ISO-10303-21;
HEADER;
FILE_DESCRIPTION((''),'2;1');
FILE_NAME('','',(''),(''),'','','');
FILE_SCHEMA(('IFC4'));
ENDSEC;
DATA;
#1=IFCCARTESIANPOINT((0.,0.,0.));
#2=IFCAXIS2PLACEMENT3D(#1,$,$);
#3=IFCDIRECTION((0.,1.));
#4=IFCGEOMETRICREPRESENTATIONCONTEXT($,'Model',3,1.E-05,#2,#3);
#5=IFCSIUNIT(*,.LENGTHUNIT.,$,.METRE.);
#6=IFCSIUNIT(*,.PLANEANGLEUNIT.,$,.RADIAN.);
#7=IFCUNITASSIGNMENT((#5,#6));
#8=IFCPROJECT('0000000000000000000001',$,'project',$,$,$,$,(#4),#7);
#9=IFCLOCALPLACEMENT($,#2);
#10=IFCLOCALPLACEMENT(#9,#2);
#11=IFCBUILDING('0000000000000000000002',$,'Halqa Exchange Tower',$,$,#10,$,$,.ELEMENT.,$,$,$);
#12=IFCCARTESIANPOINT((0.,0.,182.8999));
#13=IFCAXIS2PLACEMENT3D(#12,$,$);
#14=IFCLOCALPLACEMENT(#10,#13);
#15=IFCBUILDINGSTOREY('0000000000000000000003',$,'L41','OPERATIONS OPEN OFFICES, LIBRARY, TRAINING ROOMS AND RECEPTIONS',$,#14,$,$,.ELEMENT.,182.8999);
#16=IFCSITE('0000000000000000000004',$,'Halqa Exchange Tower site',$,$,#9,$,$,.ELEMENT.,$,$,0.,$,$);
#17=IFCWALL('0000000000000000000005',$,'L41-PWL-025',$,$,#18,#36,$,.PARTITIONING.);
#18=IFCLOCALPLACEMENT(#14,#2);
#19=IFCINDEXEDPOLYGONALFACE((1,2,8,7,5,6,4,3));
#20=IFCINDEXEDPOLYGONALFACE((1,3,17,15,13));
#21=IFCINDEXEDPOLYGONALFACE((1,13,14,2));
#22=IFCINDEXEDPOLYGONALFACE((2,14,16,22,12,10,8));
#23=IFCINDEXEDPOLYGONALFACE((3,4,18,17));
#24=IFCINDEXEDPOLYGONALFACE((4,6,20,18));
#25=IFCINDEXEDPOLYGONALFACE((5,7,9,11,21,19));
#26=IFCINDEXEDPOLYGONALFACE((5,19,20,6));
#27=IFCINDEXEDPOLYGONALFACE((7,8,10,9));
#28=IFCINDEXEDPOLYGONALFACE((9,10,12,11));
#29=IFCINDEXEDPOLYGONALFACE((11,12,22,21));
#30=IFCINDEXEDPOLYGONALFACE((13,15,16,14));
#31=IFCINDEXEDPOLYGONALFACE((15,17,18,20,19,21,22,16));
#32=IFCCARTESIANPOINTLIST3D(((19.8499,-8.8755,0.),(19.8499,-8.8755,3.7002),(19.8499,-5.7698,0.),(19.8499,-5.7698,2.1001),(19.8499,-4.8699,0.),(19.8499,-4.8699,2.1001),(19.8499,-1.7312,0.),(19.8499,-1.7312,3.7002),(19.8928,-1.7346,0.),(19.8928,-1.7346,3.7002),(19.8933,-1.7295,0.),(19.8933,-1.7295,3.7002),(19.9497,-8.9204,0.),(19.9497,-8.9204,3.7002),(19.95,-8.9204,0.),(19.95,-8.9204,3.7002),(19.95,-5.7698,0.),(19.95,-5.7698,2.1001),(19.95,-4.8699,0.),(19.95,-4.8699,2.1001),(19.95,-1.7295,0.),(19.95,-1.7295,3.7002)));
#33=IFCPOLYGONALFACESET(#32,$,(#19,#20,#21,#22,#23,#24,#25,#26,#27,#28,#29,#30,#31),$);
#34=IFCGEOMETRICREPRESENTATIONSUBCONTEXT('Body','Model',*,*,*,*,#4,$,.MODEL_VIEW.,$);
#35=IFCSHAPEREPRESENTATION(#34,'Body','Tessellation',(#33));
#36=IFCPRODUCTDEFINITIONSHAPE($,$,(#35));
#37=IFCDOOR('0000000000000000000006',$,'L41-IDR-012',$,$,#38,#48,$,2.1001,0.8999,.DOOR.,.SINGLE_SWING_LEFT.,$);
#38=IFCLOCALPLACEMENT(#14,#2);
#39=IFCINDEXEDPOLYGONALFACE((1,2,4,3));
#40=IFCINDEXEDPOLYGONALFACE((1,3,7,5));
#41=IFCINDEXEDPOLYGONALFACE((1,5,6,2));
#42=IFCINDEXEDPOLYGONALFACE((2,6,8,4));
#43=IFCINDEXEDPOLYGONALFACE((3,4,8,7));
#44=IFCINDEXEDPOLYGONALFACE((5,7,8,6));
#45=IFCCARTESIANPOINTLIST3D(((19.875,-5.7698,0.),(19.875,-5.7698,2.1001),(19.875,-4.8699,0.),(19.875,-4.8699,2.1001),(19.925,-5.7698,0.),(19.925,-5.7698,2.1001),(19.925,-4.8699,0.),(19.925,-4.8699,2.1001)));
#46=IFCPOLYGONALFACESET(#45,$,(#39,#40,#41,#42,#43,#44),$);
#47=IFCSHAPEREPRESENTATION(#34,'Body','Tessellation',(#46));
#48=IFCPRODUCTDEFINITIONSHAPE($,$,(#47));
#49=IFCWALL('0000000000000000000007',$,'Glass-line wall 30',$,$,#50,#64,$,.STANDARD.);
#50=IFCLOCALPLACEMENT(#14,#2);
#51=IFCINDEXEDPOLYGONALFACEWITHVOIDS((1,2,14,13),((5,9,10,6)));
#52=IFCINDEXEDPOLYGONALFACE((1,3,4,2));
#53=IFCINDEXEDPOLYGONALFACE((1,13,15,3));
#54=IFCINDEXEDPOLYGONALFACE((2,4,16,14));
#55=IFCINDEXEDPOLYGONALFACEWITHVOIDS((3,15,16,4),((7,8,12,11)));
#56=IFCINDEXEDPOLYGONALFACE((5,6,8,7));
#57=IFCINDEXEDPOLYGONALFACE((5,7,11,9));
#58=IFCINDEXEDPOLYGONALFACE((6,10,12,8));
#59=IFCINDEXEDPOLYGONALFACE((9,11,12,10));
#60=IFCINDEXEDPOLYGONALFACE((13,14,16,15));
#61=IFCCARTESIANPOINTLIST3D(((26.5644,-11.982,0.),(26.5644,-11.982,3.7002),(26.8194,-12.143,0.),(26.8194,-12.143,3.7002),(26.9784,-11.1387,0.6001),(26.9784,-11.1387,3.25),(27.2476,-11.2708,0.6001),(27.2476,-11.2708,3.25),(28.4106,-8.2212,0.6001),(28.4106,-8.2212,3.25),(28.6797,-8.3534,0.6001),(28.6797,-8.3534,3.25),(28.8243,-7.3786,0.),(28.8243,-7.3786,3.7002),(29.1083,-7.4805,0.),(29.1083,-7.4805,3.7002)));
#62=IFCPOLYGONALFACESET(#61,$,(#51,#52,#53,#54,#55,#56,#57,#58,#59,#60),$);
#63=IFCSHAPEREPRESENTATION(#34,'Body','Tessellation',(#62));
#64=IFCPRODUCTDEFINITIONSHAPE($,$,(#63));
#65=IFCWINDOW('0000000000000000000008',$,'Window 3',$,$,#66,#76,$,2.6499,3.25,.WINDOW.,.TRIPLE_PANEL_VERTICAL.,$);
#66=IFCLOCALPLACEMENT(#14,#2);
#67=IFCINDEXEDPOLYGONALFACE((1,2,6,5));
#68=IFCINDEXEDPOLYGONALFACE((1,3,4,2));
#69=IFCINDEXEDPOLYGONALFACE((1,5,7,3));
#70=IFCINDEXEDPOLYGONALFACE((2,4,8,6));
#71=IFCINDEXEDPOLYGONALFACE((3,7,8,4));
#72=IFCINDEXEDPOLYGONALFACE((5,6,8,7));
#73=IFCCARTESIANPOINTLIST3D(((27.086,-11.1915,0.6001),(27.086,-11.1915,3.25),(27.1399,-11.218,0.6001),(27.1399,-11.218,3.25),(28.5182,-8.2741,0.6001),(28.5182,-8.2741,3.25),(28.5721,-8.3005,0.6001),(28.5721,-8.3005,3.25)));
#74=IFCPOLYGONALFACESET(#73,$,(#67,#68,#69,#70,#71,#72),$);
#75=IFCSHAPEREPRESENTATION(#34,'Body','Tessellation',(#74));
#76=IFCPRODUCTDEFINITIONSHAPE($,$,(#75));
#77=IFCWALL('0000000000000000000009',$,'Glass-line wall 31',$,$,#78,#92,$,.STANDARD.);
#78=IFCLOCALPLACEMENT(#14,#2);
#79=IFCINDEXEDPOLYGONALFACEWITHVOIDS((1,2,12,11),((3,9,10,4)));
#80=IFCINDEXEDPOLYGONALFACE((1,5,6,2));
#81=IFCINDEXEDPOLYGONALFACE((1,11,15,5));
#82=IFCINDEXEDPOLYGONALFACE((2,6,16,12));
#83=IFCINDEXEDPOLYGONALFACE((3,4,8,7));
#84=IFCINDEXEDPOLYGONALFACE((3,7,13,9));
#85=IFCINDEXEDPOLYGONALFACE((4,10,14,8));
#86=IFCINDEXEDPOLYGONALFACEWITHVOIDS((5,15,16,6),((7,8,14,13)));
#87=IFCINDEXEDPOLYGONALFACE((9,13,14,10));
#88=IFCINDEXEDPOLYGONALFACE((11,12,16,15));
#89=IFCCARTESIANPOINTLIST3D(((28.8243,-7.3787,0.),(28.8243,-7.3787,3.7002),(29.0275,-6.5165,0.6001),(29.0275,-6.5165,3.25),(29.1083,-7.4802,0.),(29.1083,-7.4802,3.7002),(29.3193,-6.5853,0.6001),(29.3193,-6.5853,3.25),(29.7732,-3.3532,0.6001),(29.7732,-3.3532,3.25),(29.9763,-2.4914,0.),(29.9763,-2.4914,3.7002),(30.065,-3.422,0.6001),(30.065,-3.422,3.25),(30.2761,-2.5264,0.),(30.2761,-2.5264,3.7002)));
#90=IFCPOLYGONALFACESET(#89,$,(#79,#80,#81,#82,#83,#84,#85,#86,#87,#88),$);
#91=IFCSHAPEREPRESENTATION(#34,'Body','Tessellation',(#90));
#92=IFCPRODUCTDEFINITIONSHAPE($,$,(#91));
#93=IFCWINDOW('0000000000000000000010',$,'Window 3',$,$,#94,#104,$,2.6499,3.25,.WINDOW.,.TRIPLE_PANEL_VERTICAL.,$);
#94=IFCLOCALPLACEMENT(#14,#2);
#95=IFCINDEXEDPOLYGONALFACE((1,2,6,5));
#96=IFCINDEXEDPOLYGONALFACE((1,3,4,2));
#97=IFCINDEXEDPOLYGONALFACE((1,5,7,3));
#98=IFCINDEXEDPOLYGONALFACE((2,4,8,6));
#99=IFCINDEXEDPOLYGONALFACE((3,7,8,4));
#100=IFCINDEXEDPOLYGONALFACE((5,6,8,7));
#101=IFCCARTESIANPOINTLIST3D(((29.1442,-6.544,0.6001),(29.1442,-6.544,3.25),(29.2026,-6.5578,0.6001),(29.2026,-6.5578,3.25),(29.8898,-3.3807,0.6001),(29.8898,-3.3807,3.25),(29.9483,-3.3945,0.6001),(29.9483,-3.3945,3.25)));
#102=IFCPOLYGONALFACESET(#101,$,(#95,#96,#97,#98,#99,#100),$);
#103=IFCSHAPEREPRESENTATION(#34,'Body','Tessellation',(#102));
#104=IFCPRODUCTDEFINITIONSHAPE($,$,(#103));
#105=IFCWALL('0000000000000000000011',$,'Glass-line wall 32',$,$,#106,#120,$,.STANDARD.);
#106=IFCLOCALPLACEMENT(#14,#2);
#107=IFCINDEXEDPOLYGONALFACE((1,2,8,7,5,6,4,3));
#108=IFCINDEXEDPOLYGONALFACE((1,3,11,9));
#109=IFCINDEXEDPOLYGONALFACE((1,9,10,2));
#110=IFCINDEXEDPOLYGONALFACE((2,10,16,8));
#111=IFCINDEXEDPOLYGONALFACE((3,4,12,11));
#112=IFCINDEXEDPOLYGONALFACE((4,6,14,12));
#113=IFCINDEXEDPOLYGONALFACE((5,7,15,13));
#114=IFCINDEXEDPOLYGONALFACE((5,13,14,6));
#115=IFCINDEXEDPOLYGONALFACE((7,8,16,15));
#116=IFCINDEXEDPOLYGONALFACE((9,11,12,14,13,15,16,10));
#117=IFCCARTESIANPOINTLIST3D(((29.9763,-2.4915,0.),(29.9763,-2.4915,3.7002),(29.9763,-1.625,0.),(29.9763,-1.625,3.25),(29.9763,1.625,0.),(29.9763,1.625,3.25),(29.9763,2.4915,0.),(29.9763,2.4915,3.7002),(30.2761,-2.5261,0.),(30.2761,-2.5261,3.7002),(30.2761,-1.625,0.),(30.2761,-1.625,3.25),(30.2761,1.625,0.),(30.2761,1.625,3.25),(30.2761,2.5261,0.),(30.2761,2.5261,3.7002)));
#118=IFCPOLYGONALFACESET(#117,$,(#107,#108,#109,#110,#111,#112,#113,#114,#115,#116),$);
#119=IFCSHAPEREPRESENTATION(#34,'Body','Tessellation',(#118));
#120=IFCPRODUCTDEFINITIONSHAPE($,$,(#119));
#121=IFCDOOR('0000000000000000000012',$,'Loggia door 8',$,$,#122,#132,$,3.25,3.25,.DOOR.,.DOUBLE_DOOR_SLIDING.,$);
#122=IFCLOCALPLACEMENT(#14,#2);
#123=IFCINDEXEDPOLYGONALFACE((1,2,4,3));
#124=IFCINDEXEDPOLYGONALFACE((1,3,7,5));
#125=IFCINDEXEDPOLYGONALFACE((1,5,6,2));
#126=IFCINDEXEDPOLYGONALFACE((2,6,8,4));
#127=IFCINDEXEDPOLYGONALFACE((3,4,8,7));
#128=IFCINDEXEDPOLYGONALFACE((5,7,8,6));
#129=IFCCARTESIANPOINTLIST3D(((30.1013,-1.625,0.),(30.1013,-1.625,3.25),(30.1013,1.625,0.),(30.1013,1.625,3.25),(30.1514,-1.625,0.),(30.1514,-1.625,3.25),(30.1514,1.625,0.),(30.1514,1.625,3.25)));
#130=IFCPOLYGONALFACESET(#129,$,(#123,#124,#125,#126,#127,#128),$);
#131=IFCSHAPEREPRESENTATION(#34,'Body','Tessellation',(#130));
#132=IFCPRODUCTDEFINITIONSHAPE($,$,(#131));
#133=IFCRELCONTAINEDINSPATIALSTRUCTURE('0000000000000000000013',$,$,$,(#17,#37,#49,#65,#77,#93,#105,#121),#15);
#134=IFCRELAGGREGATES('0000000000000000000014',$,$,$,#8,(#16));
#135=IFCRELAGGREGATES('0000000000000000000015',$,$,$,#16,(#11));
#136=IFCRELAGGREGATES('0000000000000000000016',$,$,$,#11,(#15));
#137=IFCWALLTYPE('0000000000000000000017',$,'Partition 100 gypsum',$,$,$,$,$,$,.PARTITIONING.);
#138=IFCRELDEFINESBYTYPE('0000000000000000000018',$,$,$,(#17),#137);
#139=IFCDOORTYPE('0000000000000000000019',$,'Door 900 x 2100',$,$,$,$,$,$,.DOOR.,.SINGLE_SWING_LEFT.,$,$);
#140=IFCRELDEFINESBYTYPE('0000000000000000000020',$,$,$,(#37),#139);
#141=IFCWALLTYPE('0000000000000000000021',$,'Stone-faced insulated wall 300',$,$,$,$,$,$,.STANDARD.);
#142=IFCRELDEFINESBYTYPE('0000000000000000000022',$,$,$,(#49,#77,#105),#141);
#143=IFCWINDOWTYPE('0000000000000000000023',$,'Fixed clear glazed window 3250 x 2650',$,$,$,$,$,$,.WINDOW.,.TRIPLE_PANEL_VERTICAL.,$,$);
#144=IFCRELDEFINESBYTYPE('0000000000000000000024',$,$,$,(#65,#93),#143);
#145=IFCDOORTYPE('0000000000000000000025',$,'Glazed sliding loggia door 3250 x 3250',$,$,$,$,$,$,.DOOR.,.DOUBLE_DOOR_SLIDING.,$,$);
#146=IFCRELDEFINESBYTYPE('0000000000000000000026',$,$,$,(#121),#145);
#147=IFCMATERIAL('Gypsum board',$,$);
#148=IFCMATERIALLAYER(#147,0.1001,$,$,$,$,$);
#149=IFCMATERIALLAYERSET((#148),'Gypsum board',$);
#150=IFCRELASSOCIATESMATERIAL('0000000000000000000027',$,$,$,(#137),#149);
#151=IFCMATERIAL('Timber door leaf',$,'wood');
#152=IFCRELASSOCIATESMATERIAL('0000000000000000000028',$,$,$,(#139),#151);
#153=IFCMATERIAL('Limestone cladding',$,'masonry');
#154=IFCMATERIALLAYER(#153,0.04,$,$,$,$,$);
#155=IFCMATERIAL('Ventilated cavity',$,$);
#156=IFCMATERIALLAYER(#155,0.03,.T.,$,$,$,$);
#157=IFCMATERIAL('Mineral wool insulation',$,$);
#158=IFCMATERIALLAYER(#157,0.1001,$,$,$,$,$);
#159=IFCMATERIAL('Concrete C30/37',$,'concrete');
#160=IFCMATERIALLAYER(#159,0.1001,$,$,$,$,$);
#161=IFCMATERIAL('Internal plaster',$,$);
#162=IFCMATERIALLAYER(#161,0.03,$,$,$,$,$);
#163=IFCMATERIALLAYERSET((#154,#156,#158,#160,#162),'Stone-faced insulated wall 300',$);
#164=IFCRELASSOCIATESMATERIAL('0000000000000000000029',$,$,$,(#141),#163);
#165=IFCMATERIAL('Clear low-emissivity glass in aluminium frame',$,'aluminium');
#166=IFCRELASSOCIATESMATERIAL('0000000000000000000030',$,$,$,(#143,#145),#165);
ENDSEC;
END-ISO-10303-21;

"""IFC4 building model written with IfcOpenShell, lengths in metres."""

from ifc_helpers import new_model, si_unit, direction, frame, frame_2d, origin, place, context, subcontext, project, spatial, polyline, rectangle, outline, extrude, material, layer, layer_set, type_object, element, fill, save


model = new_model("IFC4")

# Units and contexts
model_context = context("Model", 3, precision=1e-05, world=origin(), true_north=direction((0.0, 1.0)))
body_context = subcontext(model_context, "Body", "Model", "MODEL_VIEW")
ifc_project = project(units=[si_unit("LENGTHUNIT", "METRE"), si_unit("PLANEANGLEUNIT", "RADIAN")], contexts=[model_context])

# Site, building, storey
site_placement = place(None, origin())
site = spatial("IfcSite", under=ifc_project, at=site_placement, Name="Halqa Exchange Tower site", CompositionType="ELEMENT", RefElevation=0.0)
building_placement = place(site_placement, origin())
building = spatial("IfcBuilding", under=site, at=building_placement, Name="Halqa Exchange Tower", CompositionType="ELEMENT")
storey_placement = place(building_placement, frame((0.0, 0.0, 182.8999)))
storey = spatial("IfcBuildingStorey", under=building, at=storey_placement, Name="L41", Description="OPERATIONS OPEN OFFICES, LIBRARY, TRAINING ROOMS AND RECEPTIONS", CompositionType="ELEMENT", Elevation=182.8999)

# Wall, opening, door
ifc_material_1 = material(Name="Gypsum board")
ifc_layer_1 = layer(ifc_material_1, 0.1001)
ifc_layer_set_1 = layer_set([ifc_layer_1], Name="Gypsum board")
wall_type_1 = type_object("IfcWallType", Name="Partition 100 gypsum", PredefinedType="PARTITIONING", material=ifc_layer_set_1)
wall_1_placement = place(storey_placement, frame((19.8999, -1.7295, 0.0), z_axis=(0.0, 0.0, 1.0), x_axis=(0.0, -1.0, 0.0)))
wall_1 = element("IfcWall", 1, at=wall_1_placement, inside=storey, type_object=wall_type_1, Name="L41-PWL-025", PredefinedType="PARTITIONING", context=body_context, shape_type="SweptSolid", body=[
    extrude(outline(polyline([(0.0017, -0.05), (1.7876, -0.05), (3.5737, -0.05), (5.3599, -0.05), (7.146, -0.05), (7.1909, 0.0498), (7.1909, 0.05), (5.3931, 0.05), (3.5955, 0.05), (1.7979, 0.05), (0.0, 0.05), (0.0, -0.0066), (0.0051, -0.0071), (0.0017, -0.05)])), origin(), (0.0, 0.0, 1.0), 3.7002),
])
opening_1_placement = place(wall_1_placement, frame((3.1404, 0.0, 0.0)))
opening_1 = element("IfcOpeningElement", 2, at=opening_1_placement, cuts=wall_1, PredefinedType="OPENING", context=body_context, shape_type="SweptSolid", body=[
    extrude(rectangle(XDim=0.8999, YDim=2.1001, at=frame_2d((0.45, 1.05))), frame((0.0, 0.062, 0.0), z_axis=(0.0, -1.0, 0.0), x_axis=(1.0, 0.0, 0.0)), (0.0, 0.0, 1.0), 0.124),
])
ifc_material_2 = material(Name="Timber door leaf", Category="wood")
door_type_1 = type_object("IfcDoorType", Name="Door 900 x 2100", OperationType="SINGLE_SWING_LEFT", PredefinedType="DOOR", material=ifc_material_2)
door_1_placement = place(opening_1_placement, frame((0.8999, 0.0, 0.0), z_axis=(0.0, 0.0, 1.0), x_axis=(-1.0, 0.0, 0.0)))
door_1 = element("IfcDoor", 3, at=door_1_placement, inside=storey, type_object=door_type_1, Name="L41-IDR-012", OperationType="SINGLE_SWING_LEFT", OverallHeight=2.1001, OverallWidth=0.8999, PredefinedType="DOOR", context=body_context, shape_type="SweptSolid", body=[
    extrude(rectangle(XDim=0.8999, YDim=2.1001, at=frame_2d((0.45, 1.05))), frame((0.0, 0.0249, 0.0), z_axis=(0.0, -1.0, 0.0), x_axis=(1.0, 0.0, 0.0)), (0.0, 0.0, 1.0), 0.05),
])
fill(opening_1, door_1)

# Walls, openings, windows
ifc_material_3 = material(Name="Limestone cladding", Category="masonry")
ifc_layer_2 = layer(ifc_material_3, 0.04)
ifc_material_4 = material(Name="Ventilated cavity")
ifc_layer_3 = layer(ifc_material_4, 0.03, ventilated=True)
ifc_material_5 = material(Name="Mineral wool insulation")
ifc_layer_4 = layer(ifc_material_5, 0.1001)
ifc_material_6 = material(Name="Concrete C30/37", Category="concrete")
ifc_layer_5 = layer(ifc_material_6, 0.1001)
ifc_material_7 = material(Name="Internal plaster")
ifc_layer_6 = layer(ifc_material_7, 0.03)
ifc_layer_set_2 = layer_set([ifc_layer_2, ifc_layer_3, ifc_layer_4, ifc_layer_5, ifc_layer_6], Name="Stone-faced insulated wall 300")
wall_type_2 = type_object("IfcWallType", Name="Stone-faced insulated wall 300", PredefinedType="STANDARD", material=ifc_layer_set_2)
wall_2_placement = place(storey_placement, frame((26.6919, -12.0625, 0.0), z_axis=(0.0, 0.0, 1.0), x_axis=(0.440674, 0.897667, 0.0)))
wall_2 = element("IfcWall", 4, at=wall_2_placement, inside=storey, type_object=wall_type_2, Name="Glass-line wall 30", PredefinedType="STANDARD", context=body_context, shape_type="SweptSolid", body=[
    extrude(outline(polyline([(-0.0161, -0.1499), (5.178, -0.1499), (5.1443, 0.1499), (0.0161, 0.1499), (-0.0161, -0.1499)])), origin(), (0.0, 0.0, 1.0), 3.7002),
])
opening_2_placement = place(wall_2_placement, frame((0.9556, 0.0, 0.6001)))
opening_2 = element("IfcOpeningElement", 5, at=opening_2_placement, cuts=wall_2, PredefinedType="OPENING", context=body_context, shape_type="SweptSolid", body=[
    extrude(rectangle(XDim=3.25, YDim=2.6499, at=frame_2d((1.625, 1.325))), frame((0.0, 0.1621, 0.0), z_axis=(0.0, -1.0, 0.0), x_axis=(1.0, 0.0, 0.0)), (0.0, 0.0, 1.0), 0.324),
])
ifc_material_8 = material(Name="Clear low-emissivity glass in aluminium frame", Category="aluminium")
window_type = type_object("IfcWindowType", Name="Fixed clear glazed window 3250 x 2650", PartitioningType="TRIPLE_PANEL_VERTICAL", PredefinedType="WINDOW", material=ifc_material_8)
window_1_placement = place(opening_2_placement, origin())
window_1 = element("IfcWindow", 6, at=window_1_placement, inside=storey, type_object=window_type, Name="Window 3", OverallHeight=2.6499, OverallWidth=3.25, PartitioningType="TRIPLE_PANEL_VERTICAL", PredefinedType="WINDOW", context=body_context, shape_type="SweptSolid", body=[
    extrude(rectangle(XDim=3.25, YDim=2.6499, at=frame_2d((1.625, 1.325))), frame((0.0, 0.03, 0.0), z_axis=(0.0, -1.0, 0.0), x_axis=(1.0, 0.0, 0.0)), (0.0, 0.0, 1.0), 0.0601),
])
fill(opening_2, window_1)
wall_3_placement = place(storey_placement, frame((28.9663, -7.4294, 0.0), z_axis=(0.0, 0.0, 1.0), x_axis=(0.229435, 0.973324, 0.0)))
wall_3 = element("IfcWall", 7, at=wall_3_placement, inside=storey, type_object=wall_type_2, Name="Glass-line wall 31", PredefinedType="STANDARD", context=body_context, shape_type="SweptSolid", body=[
    extrude(outline(polyline([(-0.0168, -0.1499), (5.0728, -0.1499), (5.0381, 0.1499), (0.0168, 0.1499), (-0.0168, -0.1499)])), origin(), (0.0, 0.0, 1.0), 3.7002),
])
opening_3_placement = place(wall_3_placement, frame((0.9026, 0.0, 0.6001)))
opening_3 = element("IfcOpeningElement", 8, at=opening_3_placement, cuts=wall_3, PredefinedType="OPENING", context=body_context, shape_type="SweptSolid", body=[
    extrude(rectangle(XDim=3.25, YDim=2.6499, at=frame_2d((1.625, 1.325))), frame((0.0, 0.1621, 0.0), z_axis=(0.0, -1.0, 0.0), x_axis=(1.0, 0.0, 0.0)), (0.0, 0.0, 1.0), 0.324),
])
window_2_placement = place(opening_3_placement, origin())
window_2 = element("IfcWindow", 9, at=window_2_placement, inside=storey, type_object=window_type, Name="Window 3", OverallHeight=2.6499, OverallWidth=3.25, PartitioningType="TRIPLE_PANEL_VERTICAL", PredefinedType="WINDOW", context=body_context, shape_type="SweptSolid", body=[
    extrude(rectangle(XDim=3.25, YDim=2.6499, at=frame_2d((1.625, 1.325))), frame((0.0, 0.03, 0.0), z_axis=(0.0, -1.0, 0.0), x_axis=(1.0, 0.0, 0.0)), (0.0, 0.0, 1.0), 0.0601),
])
fill(opening_3, window_2)

# Wall, opening, door
wall_4_placement = place(storey_placement, frame((30.1262, -2.5088, 0.0), z_axis=(0.0, 0.0, 1.0), x_axis=(0.0, 1.0, 0.0)))
wall_4 = element("IfcWall", 10, at=wall_4_placement, inside=storey, type_object=wall_type_2, Name="Glass-line wall 32", PredefinedType="STANDARD", context=body_context, shape_type="SweptSolid", body=[
    extrude(outline(polyline([(-0.0173, -0.1499), (5.0349, -0.1499), (5.0002, 0.1499), (0.0173, 0.1499), (-0.0173, -0.1499)])), origin(), (0.0, 0.0, 1.0), 3.7002),
])
opening_4_placement = place(wall_4_placement, frame((0.8838, 0.0, 0.0)))
opening_4 = element("IfcOpeningElement", 11, at=opening_4_placement, cuts=wall_4, PredefinedType="OPENING", context=body_context, shape_type="SweptSolid", body=[
    extrude(rectangle(XDim=3.25, YDim=3.25, at=frame_2d((1.625, 1.625))), frame((0.0, 0.1621, 0.0), z_axis=(0.0, -1.0, 0.0), x_axis=(1.0, 0.0, 0.0)), (0.0, 0.0, 1.0), 0.324),
])
door_type_2 = type_object("IfcDoorType", Name="Glazed sliding loggia door 3250 x 3250", OperationType="DOUBLE_DOOR_SLIDING", PredefinedType="DOOR", material=ifc_material_8)
door_2_placement = place(opening_4_placement, origin())
door_2 = element("IfcDoor", 12, at=door_2_placement, inside=storey, type_object=door_type_2, Name="Loggia door 8", OperationType="DOUBLE_DOOR_SLIDING", OverallHeight=3.25, OverallWidth=3.25, PredefinedType="DOOR", context=body_context, shape_type="SweptSolid", body=[
    extrude(rectangle(XDim=3.25, YDim=3.25, at=frame_2d((1.625, 1.625))), frame((0.0, 0.0249, 0.0), z_axis=(0.0, -1.0, 0.0), x_axis=(1.0, 0.0, 0.0)), (0.0, 0.0, 1.0), 0.05),
])
fill(opening_4, door_2)

save(model, "model.ifc")
